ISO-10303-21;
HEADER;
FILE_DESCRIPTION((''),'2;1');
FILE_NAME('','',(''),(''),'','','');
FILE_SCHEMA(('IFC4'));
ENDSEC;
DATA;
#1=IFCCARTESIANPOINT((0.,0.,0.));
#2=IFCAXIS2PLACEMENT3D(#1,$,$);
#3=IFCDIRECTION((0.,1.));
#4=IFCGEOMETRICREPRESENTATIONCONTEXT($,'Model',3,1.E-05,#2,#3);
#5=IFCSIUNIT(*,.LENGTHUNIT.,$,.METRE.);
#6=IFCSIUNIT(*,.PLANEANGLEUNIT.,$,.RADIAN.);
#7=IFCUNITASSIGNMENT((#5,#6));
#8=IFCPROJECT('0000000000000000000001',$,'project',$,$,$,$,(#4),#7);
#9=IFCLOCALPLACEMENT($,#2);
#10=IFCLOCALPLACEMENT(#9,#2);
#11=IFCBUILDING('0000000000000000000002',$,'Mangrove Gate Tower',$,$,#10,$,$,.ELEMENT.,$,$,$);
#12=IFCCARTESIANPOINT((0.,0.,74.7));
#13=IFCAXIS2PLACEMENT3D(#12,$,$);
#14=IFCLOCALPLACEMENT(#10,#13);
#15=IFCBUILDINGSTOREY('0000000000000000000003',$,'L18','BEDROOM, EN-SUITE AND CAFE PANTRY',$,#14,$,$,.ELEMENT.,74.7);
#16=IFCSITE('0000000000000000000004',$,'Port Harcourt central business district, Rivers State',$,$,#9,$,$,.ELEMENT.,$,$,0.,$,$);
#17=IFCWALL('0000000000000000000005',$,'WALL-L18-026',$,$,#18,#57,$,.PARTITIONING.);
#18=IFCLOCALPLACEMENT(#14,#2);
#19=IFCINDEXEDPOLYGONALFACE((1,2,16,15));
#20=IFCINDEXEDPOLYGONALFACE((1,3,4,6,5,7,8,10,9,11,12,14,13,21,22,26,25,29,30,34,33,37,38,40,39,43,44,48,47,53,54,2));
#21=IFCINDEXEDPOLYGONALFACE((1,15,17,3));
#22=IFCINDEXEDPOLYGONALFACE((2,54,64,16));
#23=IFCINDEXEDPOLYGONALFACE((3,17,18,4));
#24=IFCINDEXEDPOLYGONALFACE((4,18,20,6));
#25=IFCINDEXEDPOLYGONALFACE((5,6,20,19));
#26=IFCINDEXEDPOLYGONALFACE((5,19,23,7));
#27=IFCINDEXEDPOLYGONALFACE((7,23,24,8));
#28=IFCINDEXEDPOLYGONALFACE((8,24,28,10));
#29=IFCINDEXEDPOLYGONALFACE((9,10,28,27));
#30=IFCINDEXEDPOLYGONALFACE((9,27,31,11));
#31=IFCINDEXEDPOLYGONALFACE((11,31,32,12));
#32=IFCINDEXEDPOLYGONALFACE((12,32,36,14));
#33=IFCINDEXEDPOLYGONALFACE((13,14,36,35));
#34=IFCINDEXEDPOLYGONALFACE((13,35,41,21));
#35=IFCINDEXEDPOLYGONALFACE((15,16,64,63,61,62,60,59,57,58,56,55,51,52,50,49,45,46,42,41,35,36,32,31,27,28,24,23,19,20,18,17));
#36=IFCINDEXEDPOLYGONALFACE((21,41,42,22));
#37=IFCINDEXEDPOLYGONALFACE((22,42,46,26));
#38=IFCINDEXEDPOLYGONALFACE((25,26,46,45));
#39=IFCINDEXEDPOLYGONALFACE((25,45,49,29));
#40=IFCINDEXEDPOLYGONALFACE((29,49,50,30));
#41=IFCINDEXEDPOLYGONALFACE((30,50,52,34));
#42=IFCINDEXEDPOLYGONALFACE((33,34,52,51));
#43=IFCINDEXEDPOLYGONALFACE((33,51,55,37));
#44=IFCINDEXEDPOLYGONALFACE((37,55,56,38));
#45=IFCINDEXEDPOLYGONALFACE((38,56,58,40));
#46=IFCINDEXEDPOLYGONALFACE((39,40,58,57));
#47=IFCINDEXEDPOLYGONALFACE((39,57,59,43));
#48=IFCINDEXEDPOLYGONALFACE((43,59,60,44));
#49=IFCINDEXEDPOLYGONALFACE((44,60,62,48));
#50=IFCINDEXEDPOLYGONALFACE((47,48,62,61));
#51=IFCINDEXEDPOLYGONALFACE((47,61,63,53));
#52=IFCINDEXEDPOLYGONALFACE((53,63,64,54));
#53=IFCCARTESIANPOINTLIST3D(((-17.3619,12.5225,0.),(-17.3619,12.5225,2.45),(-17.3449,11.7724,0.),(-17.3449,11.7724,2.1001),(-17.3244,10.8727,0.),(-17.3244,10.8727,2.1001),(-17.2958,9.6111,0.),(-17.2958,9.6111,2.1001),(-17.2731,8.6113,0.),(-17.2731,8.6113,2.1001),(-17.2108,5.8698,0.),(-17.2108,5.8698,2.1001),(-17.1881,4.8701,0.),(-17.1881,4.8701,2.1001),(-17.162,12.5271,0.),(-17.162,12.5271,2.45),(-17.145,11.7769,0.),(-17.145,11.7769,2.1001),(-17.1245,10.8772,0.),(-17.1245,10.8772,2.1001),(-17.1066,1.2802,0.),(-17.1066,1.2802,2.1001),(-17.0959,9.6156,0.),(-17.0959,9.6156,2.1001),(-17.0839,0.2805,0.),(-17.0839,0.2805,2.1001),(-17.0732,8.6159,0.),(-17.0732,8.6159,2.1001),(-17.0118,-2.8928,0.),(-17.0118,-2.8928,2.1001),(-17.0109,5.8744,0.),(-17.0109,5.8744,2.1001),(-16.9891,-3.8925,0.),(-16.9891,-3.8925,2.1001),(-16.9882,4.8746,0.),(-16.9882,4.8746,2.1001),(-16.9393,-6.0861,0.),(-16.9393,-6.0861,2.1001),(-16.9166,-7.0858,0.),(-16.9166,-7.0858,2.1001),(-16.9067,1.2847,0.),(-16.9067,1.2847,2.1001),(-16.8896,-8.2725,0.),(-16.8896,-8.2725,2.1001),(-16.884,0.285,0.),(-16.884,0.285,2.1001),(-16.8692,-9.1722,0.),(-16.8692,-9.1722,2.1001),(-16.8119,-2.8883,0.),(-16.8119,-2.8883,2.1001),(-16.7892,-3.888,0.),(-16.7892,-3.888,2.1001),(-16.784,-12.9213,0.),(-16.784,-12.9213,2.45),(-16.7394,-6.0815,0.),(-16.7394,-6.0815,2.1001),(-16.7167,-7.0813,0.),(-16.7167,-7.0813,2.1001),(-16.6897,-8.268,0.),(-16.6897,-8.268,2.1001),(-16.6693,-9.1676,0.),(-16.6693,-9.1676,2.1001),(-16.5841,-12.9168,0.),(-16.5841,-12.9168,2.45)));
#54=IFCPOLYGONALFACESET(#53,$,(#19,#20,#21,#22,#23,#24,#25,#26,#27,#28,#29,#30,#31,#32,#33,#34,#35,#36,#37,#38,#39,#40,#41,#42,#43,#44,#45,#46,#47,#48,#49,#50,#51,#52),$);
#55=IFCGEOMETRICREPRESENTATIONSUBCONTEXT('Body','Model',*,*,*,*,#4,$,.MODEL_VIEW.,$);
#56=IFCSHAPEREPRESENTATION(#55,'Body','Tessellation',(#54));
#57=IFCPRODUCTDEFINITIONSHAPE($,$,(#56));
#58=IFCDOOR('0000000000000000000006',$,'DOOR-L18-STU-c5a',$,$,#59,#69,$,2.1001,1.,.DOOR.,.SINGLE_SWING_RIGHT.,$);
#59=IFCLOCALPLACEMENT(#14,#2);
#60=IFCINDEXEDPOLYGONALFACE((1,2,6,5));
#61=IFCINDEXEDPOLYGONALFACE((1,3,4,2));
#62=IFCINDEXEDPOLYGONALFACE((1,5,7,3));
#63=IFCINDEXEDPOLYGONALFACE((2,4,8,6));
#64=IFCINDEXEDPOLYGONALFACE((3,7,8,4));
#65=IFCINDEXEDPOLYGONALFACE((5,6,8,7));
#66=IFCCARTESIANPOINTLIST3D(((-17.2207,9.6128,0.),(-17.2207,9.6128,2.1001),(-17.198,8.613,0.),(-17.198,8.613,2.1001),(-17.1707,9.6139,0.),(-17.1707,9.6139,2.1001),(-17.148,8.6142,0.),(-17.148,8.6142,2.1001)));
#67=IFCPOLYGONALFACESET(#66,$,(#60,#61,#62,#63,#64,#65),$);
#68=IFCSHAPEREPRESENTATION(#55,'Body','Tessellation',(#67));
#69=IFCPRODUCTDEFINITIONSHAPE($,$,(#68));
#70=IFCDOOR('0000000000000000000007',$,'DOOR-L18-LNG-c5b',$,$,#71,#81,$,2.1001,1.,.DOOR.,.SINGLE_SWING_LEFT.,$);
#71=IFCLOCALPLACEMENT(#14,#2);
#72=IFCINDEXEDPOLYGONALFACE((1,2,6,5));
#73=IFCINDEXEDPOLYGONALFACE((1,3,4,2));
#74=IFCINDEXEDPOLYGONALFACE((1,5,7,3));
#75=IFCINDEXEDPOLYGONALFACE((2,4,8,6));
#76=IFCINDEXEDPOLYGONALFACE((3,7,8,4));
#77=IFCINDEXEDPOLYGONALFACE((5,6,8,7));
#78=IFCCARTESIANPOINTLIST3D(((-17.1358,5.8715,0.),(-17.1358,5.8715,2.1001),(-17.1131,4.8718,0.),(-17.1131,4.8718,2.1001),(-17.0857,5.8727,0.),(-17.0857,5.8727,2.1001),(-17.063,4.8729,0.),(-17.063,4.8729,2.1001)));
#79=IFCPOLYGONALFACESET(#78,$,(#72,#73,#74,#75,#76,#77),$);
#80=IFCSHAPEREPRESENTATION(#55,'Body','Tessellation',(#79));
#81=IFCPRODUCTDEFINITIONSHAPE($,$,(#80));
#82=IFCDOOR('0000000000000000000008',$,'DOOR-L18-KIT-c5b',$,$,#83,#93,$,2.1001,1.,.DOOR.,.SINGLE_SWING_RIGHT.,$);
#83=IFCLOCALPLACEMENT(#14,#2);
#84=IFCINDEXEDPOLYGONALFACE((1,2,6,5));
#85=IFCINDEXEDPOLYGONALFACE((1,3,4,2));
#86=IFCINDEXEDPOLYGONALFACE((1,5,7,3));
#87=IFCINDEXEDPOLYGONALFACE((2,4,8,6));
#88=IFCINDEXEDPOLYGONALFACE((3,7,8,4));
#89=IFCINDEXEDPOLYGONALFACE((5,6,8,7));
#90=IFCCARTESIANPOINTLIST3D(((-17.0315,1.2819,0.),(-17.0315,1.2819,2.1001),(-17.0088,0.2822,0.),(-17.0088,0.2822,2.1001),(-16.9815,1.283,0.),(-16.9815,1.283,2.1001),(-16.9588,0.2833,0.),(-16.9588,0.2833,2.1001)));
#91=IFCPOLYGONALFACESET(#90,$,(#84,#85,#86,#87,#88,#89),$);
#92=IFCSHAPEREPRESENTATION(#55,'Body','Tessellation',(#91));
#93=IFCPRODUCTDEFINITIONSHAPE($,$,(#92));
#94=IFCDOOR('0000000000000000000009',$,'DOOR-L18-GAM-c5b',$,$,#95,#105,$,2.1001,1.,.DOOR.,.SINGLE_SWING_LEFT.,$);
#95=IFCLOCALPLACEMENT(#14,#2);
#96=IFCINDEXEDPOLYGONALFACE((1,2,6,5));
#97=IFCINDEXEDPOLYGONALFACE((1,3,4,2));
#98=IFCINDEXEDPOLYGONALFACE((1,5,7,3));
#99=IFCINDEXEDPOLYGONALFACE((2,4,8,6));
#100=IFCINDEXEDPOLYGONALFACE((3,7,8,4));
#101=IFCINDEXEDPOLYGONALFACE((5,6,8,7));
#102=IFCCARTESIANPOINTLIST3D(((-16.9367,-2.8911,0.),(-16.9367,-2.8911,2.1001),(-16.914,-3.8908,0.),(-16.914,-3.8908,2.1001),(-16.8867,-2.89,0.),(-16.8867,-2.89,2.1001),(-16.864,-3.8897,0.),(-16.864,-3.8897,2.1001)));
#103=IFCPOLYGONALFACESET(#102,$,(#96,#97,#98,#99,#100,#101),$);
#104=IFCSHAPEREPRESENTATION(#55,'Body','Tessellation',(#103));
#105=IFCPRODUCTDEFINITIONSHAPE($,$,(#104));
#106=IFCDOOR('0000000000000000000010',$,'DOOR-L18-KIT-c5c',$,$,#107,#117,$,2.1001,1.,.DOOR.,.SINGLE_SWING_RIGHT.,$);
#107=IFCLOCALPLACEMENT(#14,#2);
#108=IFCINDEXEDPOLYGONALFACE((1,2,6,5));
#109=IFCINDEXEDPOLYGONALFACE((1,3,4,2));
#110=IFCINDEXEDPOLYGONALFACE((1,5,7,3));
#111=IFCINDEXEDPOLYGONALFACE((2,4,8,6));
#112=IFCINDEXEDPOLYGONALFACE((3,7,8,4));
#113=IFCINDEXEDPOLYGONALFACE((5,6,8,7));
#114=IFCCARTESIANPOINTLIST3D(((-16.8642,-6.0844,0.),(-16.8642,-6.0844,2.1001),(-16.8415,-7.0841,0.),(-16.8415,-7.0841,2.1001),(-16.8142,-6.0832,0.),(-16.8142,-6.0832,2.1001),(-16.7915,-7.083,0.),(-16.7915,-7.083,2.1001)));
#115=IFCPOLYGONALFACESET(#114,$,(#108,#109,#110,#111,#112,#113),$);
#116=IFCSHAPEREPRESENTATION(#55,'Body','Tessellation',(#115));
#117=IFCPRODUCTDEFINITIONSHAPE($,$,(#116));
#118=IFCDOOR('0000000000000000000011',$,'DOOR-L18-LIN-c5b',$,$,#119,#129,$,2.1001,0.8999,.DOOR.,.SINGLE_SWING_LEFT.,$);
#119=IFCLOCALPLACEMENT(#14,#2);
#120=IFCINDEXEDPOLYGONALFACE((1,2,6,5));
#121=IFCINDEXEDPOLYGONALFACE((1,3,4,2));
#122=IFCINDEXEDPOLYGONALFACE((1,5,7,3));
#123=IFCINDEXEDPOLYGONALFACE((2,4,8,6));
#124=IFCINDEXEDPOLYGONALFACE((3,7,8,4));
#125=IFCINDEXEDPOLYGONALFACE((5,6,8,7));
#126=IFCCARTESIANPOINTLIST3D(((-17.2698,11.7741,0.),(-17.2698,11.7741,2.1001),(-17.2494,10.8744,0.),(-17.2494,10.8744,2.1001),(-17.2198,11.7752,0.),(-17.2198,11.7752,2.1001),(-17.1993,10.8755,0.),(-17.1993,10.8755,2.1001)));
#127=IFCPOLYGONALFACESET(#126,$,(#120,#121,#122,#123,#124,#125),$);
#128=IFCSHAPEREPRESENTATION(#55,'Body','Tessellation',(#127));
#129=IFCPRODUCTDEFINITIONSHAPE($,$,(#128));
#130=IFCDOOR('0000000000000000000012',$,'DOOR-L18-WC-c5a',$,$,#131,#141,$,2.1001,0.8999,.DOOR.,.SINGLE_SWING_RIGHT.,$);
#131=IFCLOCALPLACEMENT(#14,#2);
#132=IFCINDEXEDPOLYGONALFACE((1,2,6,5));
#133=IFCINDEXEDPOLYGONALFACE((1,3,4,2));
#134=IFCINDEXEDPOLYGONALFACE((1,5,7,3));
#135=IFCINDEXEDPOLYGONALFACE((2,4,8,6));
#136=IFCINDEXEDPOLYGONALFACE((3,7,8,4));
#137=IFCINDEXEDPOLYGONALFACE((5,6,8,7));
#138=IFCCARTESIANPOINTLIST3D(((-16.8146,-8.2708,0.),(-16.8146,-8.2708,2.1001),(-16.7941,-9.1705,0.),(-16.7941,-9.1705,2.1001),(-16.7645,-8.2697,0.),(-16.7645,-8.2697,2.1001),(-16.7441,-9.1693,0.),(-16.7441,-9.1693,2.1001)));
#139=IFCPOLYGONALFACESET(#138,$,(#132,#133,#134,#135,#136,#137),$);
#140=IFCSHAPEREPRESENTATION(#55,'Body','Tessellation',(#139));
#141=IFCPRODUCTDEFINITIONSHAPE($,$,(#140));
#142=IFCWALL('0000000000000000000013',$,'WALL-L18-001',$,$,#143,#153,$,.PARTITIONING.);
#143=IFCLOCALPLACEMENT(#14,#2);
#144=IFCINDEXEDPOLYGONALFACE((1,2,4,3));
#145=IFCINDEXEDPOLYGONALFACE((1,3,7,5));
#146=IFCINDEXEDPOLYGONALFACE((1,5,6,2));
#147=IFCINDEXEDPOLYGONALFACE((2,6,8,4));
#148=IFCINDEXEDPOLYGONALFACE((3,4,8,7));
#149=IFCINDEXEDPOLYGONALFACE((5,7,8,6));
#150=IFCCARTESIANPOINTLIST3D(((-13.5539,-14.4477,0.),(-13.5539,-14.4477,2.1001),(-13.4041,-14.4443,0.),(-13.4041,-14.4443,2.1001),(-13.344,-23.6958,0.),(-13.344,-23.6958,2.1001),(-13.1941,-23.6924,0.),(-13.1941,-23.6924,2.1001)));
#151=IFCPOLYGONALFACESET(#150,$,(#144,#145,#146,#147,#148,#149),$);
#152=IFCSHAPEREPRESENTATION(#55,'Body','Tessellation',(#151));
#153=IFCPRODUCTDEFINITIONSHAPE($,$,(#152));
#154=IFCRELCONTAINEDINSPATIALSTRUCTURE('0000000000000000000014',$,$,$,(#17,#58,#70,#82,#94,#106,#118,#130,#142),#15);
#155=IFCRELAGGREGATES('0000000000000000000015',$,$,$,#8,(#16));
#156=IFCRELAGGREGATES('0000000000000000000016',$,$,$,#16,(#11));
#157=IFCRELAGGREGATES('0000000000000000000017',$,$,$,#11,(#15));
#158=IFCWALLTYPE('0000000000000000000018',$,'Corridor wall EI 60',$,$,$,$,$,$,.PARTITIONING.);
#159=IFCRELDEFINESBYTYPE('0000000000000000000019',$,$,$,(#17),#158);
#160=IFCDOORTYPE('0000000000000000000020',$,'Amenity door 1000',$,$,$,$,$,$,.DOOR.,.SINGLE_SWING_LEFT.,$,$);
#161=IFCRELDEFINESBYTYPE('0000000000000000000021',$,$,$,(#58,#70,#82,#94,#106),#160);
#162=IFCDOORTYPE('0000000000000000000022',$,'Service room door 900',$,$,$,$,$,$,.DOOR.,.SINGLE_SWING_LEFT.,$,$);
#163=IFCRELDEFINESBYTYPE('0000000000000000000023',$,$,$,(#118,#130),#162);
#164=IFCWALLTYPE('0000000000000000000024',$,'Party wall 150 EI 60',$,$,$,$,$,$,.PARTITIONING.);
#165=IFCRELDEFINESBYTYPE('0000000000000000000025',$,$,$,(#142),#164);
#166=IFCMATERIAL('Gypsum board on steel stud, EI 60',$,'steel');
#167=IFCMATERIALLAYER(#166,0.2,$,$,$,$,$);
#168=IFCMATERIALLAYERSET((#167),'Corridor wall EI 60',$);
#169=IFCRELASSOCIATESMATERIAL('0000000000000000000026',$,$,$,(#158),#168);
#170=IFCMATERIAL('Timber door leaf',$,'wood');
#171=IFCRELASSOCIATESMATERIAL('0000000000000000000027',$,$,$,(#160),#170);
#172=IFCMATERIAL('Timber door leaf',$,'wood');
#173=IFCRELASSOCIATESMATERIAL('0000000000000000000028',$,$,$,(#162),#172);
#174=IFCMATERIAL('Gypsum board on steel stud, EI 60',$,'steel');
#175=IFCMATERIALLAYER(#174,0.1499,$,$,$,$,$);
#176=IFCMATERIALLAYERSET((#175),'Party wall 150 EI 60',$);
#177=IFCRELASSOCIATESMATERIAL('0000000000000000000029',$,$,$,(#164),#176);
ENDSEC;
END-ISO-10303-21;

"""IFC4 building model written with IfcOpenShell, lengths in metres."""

from ifc_helpers import new_model, si_unit, direction, frame, frame_2d, origin, place, context, subcontext, project, spatial, rectangle, extrude, material, layer, layer_set, type_object, element, fill, save


model = new_model("IFC4")

# Units and contexts
model_context = context("Model", 3, precision=1e-05, world=origin(), true_north=direction((0.0, 1.0)))
body_context = subcontext(model_context, "Body", "Model", "MODEL_VIEW")
ifc_project = project(units=[si_unit("LENGTHUNIT", "METRE"), si_unit("PLANEANGLEUNIT", "RADIAN")], contexts=[model_context])

# Site, building, storey
site_placement = place(None, origin())
site = spatial("IfcSite", under=ifc_project, at=site_placement, Name="Port Harcourt central business district, Rivers State", CompositionType="ELEMENT", RefElevation=0.0)
building_placement = place(site_placement, origin())
building = spatial("IfcBuilding", under=site, at=building_placement, Name="Mangrove Gate Tower", CompositionType="ELEMENT")
storey_placement = place(building_placement, frame((0.0, 0.0, 74.7)))
storey = spatial("IfcBuildingStorey", under=building, at=storey_placement, Name="L18", Description="BEDROOM, EN-SUITE AND CAFE PANTRY", CompositionType="ELEMENT", Elevation=74.7)

# Wall, openings, doors
ifc_material_1 = material(Name="Gypsum board on steel stud, EI 60", Category="steel")
ifc_layer_1 = layer(ifc_material_1, 0.2)
ifc_layer_set_1 = layer_set([ifc_layer_1], Name="Corridor wall EI 60")
wall_type_1 = type_object("IfcWallType", Name="Corridor wall EI 60", PredefinedType="PARTITIONING", material=ifc_layer_set_1)
wall_1_placement = place(storey_placement, frame((-16.6841, -12.9189, 0.0), z_axis=(0.0, 0.0, 1.0), x_axis=(-0.022706, 0.999742, 0.0)))
wall_1 = element("IfcWall", 1, at=wall_1_placement, inside=storey, type_object=wall_type_1, Name="WALL-L18-026", PredefinedType="PARTITIONING", context=body_context, shape_type="SweptSolid", body=[
    extrude(rectangle(XDim=25.4504, YDim=0.2, at=frame_2d((12.7251, 0.0))), origin(), (0.0, 0.0, 1.0), 2.45),
])
opening_1_placement = place(wall_1_placement, frame((21.5381, 0.0, 0.0)))
opening_1 = element("IfcOpeningElement", 2, at=opening_1_placement, cuts=wall_1, PredefinedType="OPENING", context=body_context, shape_type="SweptSolid", body=[
    extrude(rectangle(XDim=1.0, YDim=2.1001, at=frame_2d((0.5, 1.05))), frame((0.0, 0.1099, 0.0), z_axis=(0.0, -1.0, 0.0), x_axis=(1.0, 0.0, 0.0)), (0.0, 0.0, 1.0), 0.22),
])
opening_2_placement = place(wall_1_placement, frame((23.8, 0.0, 0.0)))
opening_2 = element("IfcOpeningElement", 3, at=opening_2_placement, cuts=wall_1, PredefinedType="OPENING", context=body_context, shape_type="SweptSolid", body=[
    extrude(rectangle(XDim=0.8999, YDim=2.1001, at=frame_2d((0.45, 1.05))), frame((0.0, 0.1099, 0.0), z_axis=(0.0, -1.0, 0.0), x_axis=(1.0, 0.0, 0.0)), (0.0, 0.0, 1.0), 0.22),
])
opening_3_placement = place(wall_1_placement, frame((17.7959, 0.0, 0.0)))
opening_3 = element("IfcOpeningElement", 4, at=opening_3_placement, cuts=wall_1, PredefinedType="OPENING", context=body_context, shape_type="SweptSolid", body=[
    extrude(rectangle(XDim=1.0, YDim=2.1001, at=frame_2d((0.5, 1.05))), frame((0.0, 0.1099, 0.0), z_axis=(0.0, -1.0, 0.0), x_axis=(1.0, 0.0, 0.0)), (0.0, 0.0, 1.0), 0.22),
])
opening_4_placement = place(wall_1_placement, frame((13.2051, 0.0, 0.0)))
opening_4 = element("IfcOpeningElement", 5, at=opening_4_placement, cuts=wall_1, PredefinedType="OPENING", context=body_context, shape_type="SweptSolid", body=[
    extrude(rectangle(XDim=1.0, YDim=2.1001, at=frame_2d((0.5, 1.05))), frame((0.0, 0.1099, 0.0), z_axis=(0.0, -1.0, 0.0), x_axis=(1.0, 0.0, 0.0)), (0.0, 0.0, 1.0), 0.22),
])
opening_5_placement = place(wall_1_placement, frame((9.031, 0.0, 0.0)))
opening_5 = element("IfcOpeningElement", 6, at=opening_5_placement, cuts=wall_1, PredefinedType="OPENING", context=body_context, shape_type="SweptSolid", body=[
    extrude(rectangle(XDim=1.0, YDim=2.1001, at=frame_2d((0.5, 1.05))), frame((0.0, 0.1099, 0.0), z_axis=(0.0, -1.0, 0.0), x_axis=(1.0, 0.0, 0.0)), (0.0, 0.0, 1.0), 0.22),
])
opening_6_placement = place(wall_1_placement, frame((5.8369, 0.0, 0.0)))
opening_6 = element("IfcOpeningElement", 7, at=opening_6_placement, cuts=wall_1, PredefinedType="OPENING", context=body_context, shape_type="SweptSolid", body=[
    extrude(rectangle(XDim=1.0, YDim=2.1001, at=frame_2d((0.5, 1.05))), frame((0.0, 0.1099, 0.0), z_axis=(0.0, -1.0, 0.0), x_axis=(1.0, 0.0, 0.0)), (0.0, 0.0, 1.0), 0.22),
])
opening_7_placement = place(wall_1_placement, frame((3.75, 0.0, 0.0)))
opening_7 = element("IfcOpeningElement", 8, at=opening_7_placement, cuts=wall_1, PredefinedType="OPENING", context=body_context, shape_type="SweptSolid", body=[
    extrude(rectangle(XDim=0.8999, YDim=2.1001, at=frame_2d((0.45, 1.05))), frame((0.0, 0.1099, 0.0), z_axis=(0.0, -1.0, 0.0), x_axis=(1.0, 0.0, 0.0)), (0.0, 0.0, 1.0), 0.22),
])
ifc_material_2 = material(Name="Timber door leaf", Category="wood")
door_type_1 = type_object("IfcDoorType", Name="Amenity door 1000", OperationType="SINGLE_SWING_LEFT", PredefinedType="DOOR", material=ifc_material_2)
door_1_placement = place(opening_1_placement, origin())
door_1 = element("IfcDoor", 9, at=door_1_placement, inside=storey, type_object=door_type_1, Name="DOOR-L18-STU-c5a", OperationType="SINGLE_SWING_RIGHT", OverallHeight=2.1001, OverallWidth=1.0, PredefinedType="DOOR", context=body_context, shape_type="SweptSolid", body=[
    extrude(rectangle(XDim=1.0, YDim=2.1001, at=frame_2d((0.5, 1.05))), frame((0.0, 0.0249, 0.0), z_axis=(0.0, -1.0, 0.0), x_axis=(1.0, 0.0, 0.0)), (0.0, 0.0, 1.0), 0.05),
])
fill(opening_1, door_1)
door_2_placement = place(opening_3_placement, origin())
door_2 = element("IfcDoor", 10, at=door_2_placement, inside=storey, type_object=door_type_1, Name="DOOR-L18-LNG-c5b", OperationType="SINGLE_SWING_LEFT", OverallHeight=2.1001, OverallWidth=1.0, PredefinedType="DOOR", context=body_context, shape_type="SweptSolid", body=[
    extrude(rectangle(XDim=1.0, YDim=2.1001, at=frame_2d((0.5, 1.05))), frame((0.0, 0.0249, 0.0), z_axis=(0.0, -1.0, 0.0), x_axis=(1.0, 0.0, 0.0)), (0.0, 0.0, 1.0), 0.05),
])
fill(opening_3, door_2)
door_3_placement = place(opening_4_placement, origin())
door_3 = element("IfcDoor", 11, at=door_3_placement, inside=storey, type_object=door_type_1, Name="DOOR-L18-KIT-c5b", OperationType="SINGLE_SWING_RIGHT", OverallHeight=2.1001, OverallWidth=1.0, PredefinedType="DOOR", context=body_context, shape_type="SweptSolid", body=[
    extrude(rectangle(XDim=1.0, YDim=2.1001, at=frame_2d((0.5, 1.05))), frame((0.0, 0.0249, 0.0), z_axis=(0.0, -1.0, 0.0), x_axis=(1.0, 0.0, 0.0)), (0.0, 0.0, 1.0), 0.05),
])
fill(opening_4, door_3)
door_4_placement = place(opening_5_placement, origin())
door_4 = element("IfcDoor", 12, at=door_4_placement, inside=storey, type_object=door_type_1, Name="DOOR-L18-GAM-c5b", OperationType="SINGLE_SWING_LEFT", OverallHeight=2.1001, OverallWidth=1.0, PredefinedType="DOOR", context=body_context, shape_type="SweptSolid", body=[
    extrude(rectangle(XDim=1.0, YDim=2.1001, at=frame_2d((0.5, 1.05))), frame((0.0, 0.0249, 0.0), z_axis=(0.0, -1.0, 0.0), x_axis=(1.0, 0.0, 0.0)), (0.0, 0.0, 1.0), 0.05),
])
fill(opening_5, door_4)
door_5_placement = place(opening_6_placement, origin())
door_5 = element("IfcDoor", 13, at=door_5_placement, inside=storey, type_object=door_type_1, Name="DOOR-L18-KIT-c5c", OperationType="SINGLE_SWING_RIGHT", OverallHeight=2.1001, OverallWidth=1.0, PredefinedType="DOOR", context=body_context, shape_type="SweptSolid", body=[
    extrude(rectangle(XDim=1.0, YDim=2.1001, at=frame_2d((0.5, 1.05))), frame((0.0, 0.0249, 0.0), z_axis=(0.0, -1.0, 0.0), x_axis=(1.0, 0.0, 0.0)), (0.0, 0.0, 1.0), 0.05),
])
fill(opening_6, door_5)
ifc_material_3 = material(Name="Timber door leaf", Category="wood")
door_type_2 = type_object("IfcDoorType", Name="Service room door 900", OperationType="SINGLE_SWING_LEFT", PredefinedType="DOOR", material=ifc_material_3)
door_6_placement = place(opening_2_placement, origin())
door_6 = element("IfcDoor", 14, at=door_6_placement, inside=storey, type_object=door_type_2, Name="DOOR-L18-LIN-c5b", OperationType="SINGLE_SWING_LEFT", OverallHeight=2.1001, OverallWidth=0.8999, PredefinedType="DOOR", context=body_context, shape_type="SweptSolid", body=[
    extrude(rectangle(XDim=0.8999, YDim=2.1001, at=frame_2d((0.45, 1.05))), frame((0.0, 0.0249, 0.0), z_axis=(0.0, -1.0, 0.0), x_axis=(1.0, 0.0, 0.0)), (0.0, 0.0, 1.0), 0.05),
])
fill(opening_2, door_6)
door_7_placement = place(opening_7_placement, origin())
door_7 = element("IfcDoor", 15, at=door_7_placement, inside=storey, type_object=door_type_2, Name="DOOR-L18-WC-c5a", OperationType="SINGLE_SWING_RIGHT", OverallHeight=2.1001, OverallWidth=0.8999, PredefinedType="DOOR", context=body_context, shape_type="SweptSolid", body=[
    extrude(rectangle(XDim=0.8999, YDim=2.1001, at=frame_2d((0.45, 1.05))), frame((0.0, 0.0249, 0.0), z_axis=(0.0, -1.0, 0.0), x_axis=(1.0, 0.0, 0.0)), (0.0, 0.0, 1.0), 0.05),
])
fill(opening_7, door_7)

# Wall
ifc_material_4 = material(Name="Gypsum board on steel stud, EI 60", Category="steel")
ifc_layer_2 = layer(ifc_material_4, 0.1499)
ifc_layer_set_2 = layer_set([ifc_layer_2], Name="Party wall 150 EI 60")
wall_type_2 = type_object("IfcWallType", Name="Party wall 150 EI 60", PredefinedType="PARTITIONING", material=ifc_layer_set_2)
wall_2_placement = place(storey_placement, frame((-13.269, -23.6941, 0.0), z_axis=(0.0, 0.0, 1.0), x_axis=(-0.022697, 0.999742, 0.0)))
element("IfcWall", 16, at=wall_2_placement, inside=storey, type_object=wall_type_2, Name="WALL-L18-001", PredefinedType="PARTITIONING", context=body_context, shape_type="SweptSolid", body=[
    extrude(rectangle(XDim=9.2505, YDim=0.1499, at=frame_2d((4.6252, 0.0))), origin(), (0.0, 0.0, 1.0), 2.1001),
])

save(model, "model.ifc")
